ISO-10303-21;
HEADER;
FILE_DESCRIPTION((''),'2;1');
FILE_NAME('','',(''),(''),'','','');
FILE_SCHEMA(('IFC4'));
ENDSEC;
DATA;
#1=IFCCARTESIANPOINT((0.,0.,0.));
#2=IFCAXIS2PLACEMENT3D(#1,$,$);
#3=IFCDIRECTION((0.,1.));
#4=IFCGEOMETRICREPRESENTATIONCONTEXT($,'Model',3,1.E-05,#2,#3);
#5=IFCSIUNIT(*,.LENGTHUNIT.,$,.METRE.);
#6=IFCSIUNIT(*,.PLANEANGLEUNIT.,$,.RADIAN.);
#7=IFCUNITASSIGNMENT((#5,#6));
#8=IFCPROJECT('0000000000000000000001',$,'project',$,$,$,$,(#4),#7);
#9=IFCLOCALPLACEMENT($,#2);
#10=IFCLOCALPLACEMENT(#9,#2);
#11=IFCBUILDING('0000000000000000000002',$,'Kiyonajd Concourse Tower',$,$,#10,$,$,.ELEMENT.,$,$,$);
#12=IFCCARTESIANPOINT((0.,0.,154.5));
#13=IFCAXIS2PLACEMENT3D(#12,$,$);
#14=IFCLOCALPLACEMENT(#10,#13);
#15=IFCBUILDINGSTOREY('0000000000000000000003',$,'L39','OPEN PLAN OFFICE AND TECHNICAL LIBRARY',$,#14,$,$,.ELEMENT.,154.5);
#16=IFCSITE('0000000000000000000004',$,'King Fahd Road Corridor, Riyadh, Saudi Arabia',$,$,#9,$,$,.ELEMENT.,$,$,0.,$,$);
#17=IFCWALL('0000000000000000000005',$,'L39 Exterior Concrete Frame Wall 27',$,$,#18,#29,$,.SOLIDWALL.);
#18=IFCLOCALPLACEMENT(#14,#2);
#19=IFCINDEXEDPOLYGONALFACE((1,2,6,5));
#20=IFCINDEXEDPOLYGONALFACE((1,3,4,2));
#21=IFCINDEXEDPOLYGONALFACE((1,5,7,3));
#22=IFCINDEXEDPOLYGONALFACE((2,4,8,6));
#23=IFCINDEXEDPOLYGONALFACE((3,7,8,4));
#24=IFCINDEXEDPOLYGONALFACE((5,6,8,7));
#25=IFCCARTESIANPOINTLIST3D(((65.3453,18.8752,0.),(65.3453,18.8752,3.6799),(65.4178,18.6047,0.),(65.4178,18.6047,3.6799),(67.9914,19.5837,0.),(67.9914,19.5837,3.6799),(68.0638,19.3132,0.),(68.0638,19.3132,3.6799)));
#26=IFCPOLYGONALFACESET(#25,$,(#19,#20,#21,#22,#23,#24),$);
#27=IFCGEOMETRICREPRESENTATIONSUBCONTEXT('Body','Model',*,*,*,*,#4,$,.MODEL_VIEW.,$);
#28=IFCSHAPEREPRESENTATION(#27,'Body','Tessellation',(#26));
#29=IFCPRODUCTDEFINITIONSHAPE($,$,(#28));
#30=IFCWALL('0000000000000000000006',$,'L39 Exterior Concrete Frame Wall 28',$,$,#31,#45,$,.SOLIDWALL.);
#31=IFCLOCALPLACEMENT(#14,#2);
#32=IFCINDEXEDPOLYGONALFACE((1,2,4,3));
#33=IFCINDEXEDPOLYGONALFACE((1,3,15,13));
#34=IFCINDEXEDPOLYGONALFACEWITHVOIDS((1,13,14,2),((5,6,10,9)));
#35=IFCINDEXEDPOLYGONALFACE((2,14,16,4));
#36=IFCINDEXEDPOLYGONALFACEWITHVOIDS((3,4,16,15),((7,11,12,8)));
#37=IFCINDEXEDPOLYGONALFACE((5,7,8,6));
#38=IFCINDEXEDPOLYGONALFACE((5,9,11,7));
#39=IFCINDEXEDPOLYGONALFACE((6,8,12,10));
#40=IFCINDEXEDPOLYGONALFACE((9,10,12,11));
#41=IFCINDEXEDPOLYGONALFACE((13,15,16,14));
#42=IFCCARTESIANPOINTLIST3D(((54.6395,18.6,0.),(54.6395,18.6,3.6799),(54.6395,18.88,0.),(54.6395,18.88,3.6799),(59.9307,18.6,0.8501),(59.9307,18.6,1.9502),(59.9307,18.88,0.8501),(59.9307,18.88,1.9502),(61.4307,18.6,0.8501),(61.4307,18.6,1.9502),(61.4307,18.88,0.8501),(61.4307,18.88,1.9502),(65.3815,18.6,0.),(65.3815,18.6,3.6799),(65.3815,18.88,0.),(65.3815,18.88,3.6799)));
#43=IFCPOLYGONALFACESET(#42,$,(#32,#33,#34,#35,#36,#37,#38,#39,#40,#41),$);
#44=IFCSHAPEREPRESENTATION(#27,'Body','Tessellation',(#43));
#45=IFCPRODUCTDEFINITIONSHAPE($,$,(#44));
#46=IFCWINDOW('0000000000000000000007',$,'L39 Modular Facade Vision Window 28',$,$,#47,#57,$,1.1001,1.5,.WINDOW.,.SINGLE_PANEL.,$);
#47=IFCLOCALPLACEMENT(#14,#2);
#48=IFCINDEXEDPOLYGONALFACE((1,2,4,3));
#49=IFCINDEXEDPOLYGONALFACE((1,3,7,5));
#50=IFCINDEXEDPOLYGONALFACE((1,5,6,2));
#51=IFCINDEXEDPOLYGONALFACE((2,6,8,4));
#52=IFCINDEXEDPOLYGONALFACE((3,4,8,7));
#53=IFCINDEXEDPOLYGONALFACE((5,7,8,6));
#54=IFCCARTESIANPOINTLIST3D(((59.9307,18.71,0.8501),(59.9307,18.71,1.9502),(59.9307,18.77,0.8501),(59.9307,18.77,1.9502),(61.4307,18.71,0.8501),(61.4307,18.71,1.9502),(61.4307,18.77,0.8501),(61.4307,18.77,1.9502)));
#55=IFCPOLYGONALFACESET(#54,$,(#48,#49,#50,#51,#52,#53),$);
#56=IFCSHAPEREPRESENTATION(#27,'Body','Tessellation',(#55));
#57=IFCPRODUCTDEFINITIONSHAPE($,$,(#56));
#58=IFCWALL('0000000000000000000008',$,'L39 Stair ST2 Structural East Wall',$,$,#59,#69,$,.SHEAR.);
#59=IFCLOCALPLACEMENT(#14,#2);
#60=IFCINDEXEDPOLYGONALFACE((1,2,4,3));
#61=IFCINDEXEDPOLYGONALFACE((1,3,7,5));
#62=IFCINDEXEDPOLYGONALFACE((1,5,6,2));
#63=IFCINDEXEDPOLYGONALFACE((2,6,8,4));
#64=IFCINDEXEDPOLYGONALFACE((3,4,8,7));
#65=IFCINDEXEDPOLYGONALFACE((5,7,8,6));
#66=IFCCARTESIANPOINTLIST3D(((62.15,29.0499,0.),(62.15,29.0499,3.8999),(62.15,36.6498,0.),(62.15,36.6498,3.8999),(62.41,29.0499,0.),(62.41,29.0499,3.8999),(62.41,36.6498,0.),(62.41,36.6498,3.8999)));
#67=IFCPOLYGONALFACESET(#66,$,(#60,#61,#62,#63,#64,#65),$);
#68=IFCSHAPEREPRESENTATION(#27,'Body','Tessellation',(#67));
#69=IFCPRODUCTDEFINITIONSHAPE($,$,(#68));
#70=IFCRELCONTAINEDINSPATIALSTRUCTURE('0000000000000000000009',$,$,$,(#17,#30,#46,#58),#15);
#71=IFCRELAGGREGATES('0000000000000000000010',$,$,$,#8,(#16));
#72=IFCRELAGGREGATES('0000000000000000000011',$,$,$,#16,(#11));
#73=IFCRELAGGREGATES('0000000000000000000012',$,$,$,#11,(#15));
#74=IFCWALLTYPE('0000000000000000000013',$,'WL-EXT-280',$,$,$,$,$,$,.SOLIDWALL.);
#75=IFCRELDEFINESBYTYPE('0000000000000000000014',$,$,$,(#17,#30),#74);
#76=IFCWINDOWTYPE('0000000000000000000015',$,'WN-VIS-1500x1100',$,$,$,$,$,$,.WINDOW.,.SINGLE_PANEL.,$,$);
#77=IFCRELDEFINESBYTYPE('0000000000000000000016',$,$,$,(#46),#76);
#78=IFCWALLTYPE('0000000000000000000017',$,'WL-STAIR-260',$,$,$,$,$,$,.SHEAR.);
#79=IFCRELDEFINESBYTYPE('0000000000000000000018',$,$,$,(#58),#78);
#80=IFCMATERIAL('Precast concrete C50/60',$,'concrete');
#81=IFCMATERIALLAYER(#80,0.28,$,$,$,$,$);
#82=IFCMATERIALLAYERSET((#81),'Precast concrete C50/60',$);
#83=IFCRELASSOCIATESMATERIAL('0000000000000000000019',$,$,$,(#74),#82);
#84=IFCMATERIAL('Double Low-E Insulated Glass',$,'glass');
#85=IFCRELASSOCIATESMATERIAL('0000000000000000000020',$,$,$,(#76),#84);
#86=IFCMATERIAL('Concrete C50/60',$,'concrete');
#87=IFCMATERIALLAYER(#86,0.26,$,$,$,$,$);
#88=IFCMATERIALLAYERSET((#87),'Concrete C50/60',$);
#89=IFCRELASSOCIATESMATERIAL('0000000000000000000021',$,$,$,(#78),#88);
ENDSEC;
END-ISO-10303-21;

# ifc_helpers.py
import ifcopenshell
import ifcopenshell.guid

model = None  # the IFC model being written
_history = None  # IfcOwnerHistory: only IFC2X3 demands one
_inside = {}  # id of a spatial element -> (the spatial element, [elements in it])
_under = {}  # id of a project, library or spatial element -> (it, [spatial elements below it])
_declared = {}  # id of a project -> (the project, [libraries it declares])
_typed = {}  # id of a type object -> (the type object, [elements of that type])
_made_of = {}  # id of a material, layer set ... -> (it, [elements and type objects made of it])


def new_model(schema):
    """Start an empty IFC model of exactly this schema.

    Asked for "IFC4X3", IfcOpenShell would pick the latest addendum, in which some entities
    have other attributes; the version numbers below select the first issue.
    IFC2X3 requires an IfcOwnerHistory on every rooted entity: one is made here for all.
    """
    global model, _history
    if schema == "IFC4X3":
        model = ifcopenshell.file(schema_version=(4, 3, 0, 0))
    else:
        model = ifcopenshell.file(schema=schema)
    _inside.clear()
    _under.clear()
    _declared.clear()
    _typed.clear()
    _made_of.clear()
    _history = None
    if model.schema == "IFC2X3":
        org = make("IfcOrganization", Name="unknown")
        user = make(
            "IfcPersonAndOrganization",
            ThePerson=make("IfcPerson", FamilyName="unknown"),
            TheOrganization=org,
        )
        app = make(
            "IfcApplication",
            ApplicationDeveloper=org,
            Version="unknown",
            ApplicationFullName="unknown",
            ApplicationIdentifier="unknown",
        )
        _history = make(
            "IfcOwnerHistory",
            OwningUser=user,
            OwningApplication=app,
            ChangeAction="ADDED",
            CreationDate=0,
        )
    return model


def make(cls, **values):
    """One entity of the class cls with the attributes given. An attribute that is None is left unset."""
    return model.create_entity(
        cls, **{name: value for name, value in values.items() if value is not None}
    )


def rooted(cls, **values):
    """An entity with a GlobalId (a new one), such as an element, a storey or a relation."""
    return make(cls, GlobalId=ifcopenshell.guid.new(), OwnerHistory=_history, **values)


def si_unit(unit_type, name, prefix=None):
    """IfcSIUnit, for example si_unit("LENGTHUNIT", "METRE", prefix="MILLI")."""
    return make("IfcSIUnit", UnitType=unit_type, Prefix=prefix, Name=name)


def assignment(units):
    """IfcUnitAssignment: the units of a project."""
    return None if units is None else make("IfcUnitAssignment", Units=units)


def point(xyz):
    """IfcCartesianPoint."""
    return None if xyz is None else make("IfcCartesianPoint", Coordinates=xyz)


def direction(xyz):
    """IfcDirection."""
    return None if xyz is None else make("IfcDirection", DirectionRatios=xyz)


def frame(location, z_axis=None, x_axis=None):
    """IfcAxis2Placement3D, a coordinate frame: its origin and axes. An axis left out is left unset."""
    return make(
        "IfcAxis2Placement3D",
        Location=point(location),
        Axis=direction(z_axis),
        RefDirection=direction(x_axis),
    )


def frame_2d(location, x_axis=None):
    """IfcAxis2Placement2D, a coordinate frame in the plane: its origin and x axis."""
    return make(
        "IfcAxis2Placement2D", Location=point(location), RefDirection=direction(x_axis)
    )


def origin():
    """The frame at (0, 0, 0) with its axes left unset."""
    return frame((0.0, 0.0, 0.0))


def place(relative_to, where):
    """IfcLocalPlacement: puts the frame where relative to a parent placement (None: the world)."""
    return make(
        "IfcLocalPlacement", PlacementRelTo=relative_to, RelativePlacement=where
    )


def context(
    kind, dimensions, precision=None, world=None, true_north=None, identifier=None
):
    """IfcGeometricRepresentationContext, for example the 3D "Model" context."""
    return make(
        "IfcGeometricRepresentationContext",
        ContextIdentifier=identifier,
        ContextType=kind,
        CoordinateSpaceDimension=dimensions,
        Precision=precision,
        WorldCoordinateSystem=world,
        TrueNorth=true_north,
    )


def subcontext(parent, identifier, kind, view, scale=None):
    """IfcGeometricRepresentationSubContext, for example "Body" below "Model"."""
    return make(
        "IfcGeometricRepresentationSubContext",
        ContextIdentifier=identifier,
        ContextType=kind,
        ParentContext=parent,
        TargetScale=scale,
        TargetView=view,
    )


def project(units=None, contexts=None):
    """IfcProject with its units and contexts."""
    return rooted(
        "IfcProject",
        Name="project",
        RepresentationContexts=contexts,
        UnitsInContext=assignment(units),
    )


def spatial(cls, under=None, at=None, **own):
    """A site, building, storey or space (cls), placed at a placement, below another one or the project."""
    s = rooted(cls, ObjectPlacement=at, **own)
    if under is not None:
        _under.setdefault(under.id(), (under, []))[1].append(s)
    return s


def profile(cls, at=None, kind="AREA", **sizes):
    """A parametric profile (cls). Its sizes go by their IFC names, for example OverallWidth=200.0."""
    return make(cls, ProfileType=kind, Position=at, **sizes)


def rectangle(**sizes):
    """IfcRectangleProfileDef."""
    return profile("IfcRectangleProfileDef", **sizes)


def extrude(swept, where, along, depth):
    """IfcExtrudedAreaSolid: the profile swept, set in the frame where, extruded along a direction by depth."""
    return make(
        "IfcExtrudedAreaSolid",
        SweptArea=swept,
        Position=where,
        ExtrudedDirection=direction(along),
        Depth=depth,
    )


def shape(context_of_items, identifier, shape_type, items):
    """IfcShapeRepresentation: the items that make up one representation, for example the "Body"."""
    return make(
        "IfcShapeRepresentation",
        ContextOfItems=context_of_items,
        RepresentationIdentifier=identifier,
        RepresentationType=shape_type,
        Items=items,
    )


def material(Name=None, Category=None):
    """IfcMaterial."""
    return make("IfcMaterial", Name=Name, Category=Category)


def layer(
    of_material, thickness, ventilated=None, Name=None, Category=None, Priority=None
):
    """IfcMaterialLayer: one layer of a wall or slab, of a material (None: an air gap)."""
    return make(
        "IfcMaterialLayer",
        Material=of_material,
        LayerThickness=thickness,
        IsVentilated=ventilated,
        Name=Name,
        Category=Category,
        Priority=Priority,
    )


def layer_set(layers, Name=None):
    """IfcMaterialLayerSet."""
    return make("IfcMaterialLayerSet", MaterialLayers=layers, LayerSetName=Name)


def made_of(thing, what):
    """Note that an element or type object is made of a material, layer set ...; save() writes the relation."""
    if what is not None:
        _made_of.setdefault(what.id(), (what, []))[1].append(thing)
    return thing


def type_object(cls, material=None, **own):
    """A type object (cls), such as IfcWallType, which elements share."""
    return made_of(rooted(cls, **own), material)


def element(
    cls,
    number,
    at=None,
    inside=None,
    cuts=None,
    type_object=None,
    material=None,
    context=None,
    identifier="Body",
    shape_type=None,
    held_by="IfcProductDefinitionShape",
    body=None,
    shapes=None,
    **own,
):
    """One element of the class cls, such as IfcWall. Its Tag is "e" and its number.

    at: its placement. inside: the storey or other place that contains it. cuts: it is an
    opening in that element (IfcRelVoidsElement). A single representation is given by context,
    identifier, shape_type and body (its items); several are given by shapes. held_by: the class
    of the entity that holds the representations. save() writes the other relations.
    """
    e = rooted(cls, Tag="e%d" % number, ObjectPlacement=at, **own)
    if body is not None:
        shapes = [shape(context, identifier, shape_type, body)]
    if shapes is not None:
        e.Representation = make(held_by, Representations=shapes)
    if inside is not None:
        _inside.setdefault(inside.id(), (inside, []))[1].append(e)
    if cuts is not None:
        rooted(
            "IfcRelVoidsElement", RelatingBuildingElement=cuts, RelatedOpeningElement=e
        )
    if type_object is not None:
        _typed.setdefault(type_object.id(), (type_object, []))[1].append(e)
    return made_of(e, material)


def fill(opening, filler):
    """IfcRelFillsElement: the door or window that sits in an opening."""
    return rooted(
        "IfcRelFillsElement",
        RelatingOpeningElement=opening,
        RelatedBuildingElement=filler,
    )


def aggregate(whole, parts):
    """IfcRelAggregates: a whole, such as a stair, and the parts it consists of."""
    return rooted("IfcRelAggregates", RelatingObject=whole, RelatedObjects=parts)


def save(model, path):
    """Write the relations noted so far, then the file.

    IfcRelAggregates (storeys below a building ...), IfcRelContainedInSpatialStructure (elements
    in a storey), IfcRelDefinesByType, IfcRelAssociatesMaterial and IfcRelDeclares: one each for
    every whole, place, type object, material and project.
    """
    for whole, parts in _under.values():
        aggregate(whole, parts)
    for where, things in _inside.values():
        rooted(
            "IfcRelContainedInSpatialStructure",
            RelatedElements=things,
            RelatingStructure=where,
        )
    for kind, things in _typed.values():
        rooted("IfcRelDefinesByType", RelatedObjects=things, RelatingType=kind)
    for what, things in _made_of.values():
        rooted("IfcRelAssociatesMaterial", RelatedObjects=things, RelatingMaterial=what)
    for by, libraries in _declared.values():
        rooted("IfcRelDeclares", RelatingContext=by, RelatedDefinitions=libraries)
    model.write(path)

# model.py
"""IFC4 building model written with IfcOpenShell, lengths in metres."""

from ifc_helpers import new_model, si_unit, direction, frame, frame_2d, origin, place, context, subcontext, project, spatial, rectangle, extrude, material, layer, layer_set, type_object, element, fill, save


model = new_model("IFC4")

# Units and contexts
model_context = context("Model", 3, precision=1e-05, world=origin(), true_north=direction((0.0, 1.0)))
body_context = subcontext(model_context, "Body", "Model", "MODEL_VIEW")
ifc_project = project(units=[si_unit("LENGTHUNIT", "METRE"), si_unit("PLANEANGLEUNIT", "RADIAN")], contexts=[model_context])

# Site, building, storey
site_placement = place(None, origin())
site = spatial("IfcSite", under=ifc_project, at=site_placement, Name="King Fahd Road Corridor, Riyadh, Saudi Arabia", CompositionType="ELEMENT", RefElevation=0.0)
building_placement = place(site_placement, origin())
building = spatial("IfcBuilding", under=site, at=building_placement, Name="Kiyonajd Concourse Tower", CompositionType="ELEMENT")
storey_placement = place(building_placement, frame((0.0, 0.0, 154.5)))
storey = spatial("IfcBuildingStorey", under=building, at=storey_placement, Name="L39", Description="OPEN PLAN OFFICE AND TECHNICAL LIBRARY", CompositionType="ELEMENT", Elevation=154.5)

# Shared definitions
ifc_material_1 = material(Name="Double Low-E Insulated Glass", Category="glass")

# Wall
ifc_material_2 = material(Name="Precast concrete C50/60", Category="concrete")
ifc_layer_1 = layer(ifc_material_2, 0.28)
ifc_layer_set_1 = layer_set([ifc_layer_1], Name="Precast concrete C50/60")
wall_type_1 = type_object("IfcWallType", Name="WL-EXT-280", PredefinedType="SOLIDWALL", material=ifc_layer_set_1)
wall_1_placement = place(storey_placement, frame((68.0276, 19.4485, 0.0), z_axis=(0.0, 0.0, 1.0), x_axis=(-0.965971, -0.25865, 0.0)))
element("IfcWall", 1, at=wall_1_placement, inside=storey, type_object=wall_type_1, Name="L39 Exterior Concrete Frame Wall 27", PredefinedType="SOLIDWALL", context=body_context, shape_type="SweptSolid", body=[
    extrude(rectangle(XDim=2.7393, YDim=0.28, at=frame_2d((1.3696, 0.0))), origin(), (0.0, 0.0, 1.0), 3.6799),
])

# Wall, opening, window
wall_2_placement = place(storey_placement, frame((65.3816, 18.74, 0.0), z_axis=(0.0, 0.0, 1.0), x_axis=(-1.0, 0.0, 0.0)))
wall_2 = element("IfcWall", 2, at=wall_2_placement, inside=storey, type_object=wall_type_1, Name="L39 Exterior Concrete Frame Wall 28", PredefinedType="SOLIDWALL", context=body_context, shape_type="SweptSolid", body=[
    extrude(rectangle(XDim=10.7419, YDim=0.28, at=frame_2d((5.3711, 0.0))), origin(), (0.0, 0.0, 1.0), 3.6799),
])
opening_placement = place(wall_2_placement, frame((3.9509, 0.0, 0.8501)))
opening = element("IfcOpeningElement", 3, at=opening_placement, cuts=wall_2, PredefinedType="OPENING", context=body_context, shape_type="SweptSolid", body=[
    extrude(rectangle(XDim=1.5, YDim=1.1001, at=frame_2d((0.75, 0.55))), frame((0.0, 0.1499, 0.0), z_axis=(0.0, -1.0, 0.0), x_axis=(1.0, 0.0, 0.0)), (0.0, 0.0, 1.0), 0.3),
])
window_type = type_object("IfcWindowType", Name="WN-VIS-1500x1100", PartitioningType="SINGLE_PANEL", PredefinedType="WINDOW", material=ifc_material_1)
window_placement = place(opening_placement, origin())
window = element("IfcWindow", 4, at=window_placement, inside=storey, type_object=window_type, Name="L39 Modular Facade Vision Window 28", OverallHeight=1.1001, OverallWidth=1.5, PartitioningType="SINGLE_PANEL", PredefinedType="WINDOW", context=body_context, shape_type="SweptSolid", body=[
    extrude(rectangle(XDim=1.5, YDim=1.1001, at=frame_2d((0.75, 0.55))), frame((0.0, 0.03, 0.0), z_axis=(0.0, -1.0, 0.0), x_axis=(1.0, 0.0, 0.0)), (0.0, 0.0, 1.0), 0.0601),
])
fill(opening, window)

# Wall
ifc_material_3 = material(Name="Concrete C50/60", Category="concrete")
ifc_layer_2 = layer(ifc_material_3, 0.26)
ifc_layer_set_2 = layer_set([ifc_layer_2], Name="Concrete C50/60")
wall_type_2 = type_object("IfcWallType", Name="WL-STAIR-260", PredefinedType="SHEAR", material=ifc_layer_set_2)
wall_3_placement = place(storey_placement, frame((62.28, 29.05, 0.0), z_axis=(0.0, 0.0, 1.0), x_axis=(0.0, 1.0, 0.0)))
element("IfcWall", 5, at=wall_3_placement, inside=storey, type_object=wall_type_2, Name="L39 Stair ST2 Structural East Wall", PredefinedType="SHEAR", context=body_context, shape_type="SweptSolid", body=[
    extrude(rectangle(XDim=7.5999, YDim=0.26, at=frame_2d((3.7998, 0.0))), origin(), (0.0, 0.0, 1.0), 3.8999),
])

save(model, "model.ifc")
